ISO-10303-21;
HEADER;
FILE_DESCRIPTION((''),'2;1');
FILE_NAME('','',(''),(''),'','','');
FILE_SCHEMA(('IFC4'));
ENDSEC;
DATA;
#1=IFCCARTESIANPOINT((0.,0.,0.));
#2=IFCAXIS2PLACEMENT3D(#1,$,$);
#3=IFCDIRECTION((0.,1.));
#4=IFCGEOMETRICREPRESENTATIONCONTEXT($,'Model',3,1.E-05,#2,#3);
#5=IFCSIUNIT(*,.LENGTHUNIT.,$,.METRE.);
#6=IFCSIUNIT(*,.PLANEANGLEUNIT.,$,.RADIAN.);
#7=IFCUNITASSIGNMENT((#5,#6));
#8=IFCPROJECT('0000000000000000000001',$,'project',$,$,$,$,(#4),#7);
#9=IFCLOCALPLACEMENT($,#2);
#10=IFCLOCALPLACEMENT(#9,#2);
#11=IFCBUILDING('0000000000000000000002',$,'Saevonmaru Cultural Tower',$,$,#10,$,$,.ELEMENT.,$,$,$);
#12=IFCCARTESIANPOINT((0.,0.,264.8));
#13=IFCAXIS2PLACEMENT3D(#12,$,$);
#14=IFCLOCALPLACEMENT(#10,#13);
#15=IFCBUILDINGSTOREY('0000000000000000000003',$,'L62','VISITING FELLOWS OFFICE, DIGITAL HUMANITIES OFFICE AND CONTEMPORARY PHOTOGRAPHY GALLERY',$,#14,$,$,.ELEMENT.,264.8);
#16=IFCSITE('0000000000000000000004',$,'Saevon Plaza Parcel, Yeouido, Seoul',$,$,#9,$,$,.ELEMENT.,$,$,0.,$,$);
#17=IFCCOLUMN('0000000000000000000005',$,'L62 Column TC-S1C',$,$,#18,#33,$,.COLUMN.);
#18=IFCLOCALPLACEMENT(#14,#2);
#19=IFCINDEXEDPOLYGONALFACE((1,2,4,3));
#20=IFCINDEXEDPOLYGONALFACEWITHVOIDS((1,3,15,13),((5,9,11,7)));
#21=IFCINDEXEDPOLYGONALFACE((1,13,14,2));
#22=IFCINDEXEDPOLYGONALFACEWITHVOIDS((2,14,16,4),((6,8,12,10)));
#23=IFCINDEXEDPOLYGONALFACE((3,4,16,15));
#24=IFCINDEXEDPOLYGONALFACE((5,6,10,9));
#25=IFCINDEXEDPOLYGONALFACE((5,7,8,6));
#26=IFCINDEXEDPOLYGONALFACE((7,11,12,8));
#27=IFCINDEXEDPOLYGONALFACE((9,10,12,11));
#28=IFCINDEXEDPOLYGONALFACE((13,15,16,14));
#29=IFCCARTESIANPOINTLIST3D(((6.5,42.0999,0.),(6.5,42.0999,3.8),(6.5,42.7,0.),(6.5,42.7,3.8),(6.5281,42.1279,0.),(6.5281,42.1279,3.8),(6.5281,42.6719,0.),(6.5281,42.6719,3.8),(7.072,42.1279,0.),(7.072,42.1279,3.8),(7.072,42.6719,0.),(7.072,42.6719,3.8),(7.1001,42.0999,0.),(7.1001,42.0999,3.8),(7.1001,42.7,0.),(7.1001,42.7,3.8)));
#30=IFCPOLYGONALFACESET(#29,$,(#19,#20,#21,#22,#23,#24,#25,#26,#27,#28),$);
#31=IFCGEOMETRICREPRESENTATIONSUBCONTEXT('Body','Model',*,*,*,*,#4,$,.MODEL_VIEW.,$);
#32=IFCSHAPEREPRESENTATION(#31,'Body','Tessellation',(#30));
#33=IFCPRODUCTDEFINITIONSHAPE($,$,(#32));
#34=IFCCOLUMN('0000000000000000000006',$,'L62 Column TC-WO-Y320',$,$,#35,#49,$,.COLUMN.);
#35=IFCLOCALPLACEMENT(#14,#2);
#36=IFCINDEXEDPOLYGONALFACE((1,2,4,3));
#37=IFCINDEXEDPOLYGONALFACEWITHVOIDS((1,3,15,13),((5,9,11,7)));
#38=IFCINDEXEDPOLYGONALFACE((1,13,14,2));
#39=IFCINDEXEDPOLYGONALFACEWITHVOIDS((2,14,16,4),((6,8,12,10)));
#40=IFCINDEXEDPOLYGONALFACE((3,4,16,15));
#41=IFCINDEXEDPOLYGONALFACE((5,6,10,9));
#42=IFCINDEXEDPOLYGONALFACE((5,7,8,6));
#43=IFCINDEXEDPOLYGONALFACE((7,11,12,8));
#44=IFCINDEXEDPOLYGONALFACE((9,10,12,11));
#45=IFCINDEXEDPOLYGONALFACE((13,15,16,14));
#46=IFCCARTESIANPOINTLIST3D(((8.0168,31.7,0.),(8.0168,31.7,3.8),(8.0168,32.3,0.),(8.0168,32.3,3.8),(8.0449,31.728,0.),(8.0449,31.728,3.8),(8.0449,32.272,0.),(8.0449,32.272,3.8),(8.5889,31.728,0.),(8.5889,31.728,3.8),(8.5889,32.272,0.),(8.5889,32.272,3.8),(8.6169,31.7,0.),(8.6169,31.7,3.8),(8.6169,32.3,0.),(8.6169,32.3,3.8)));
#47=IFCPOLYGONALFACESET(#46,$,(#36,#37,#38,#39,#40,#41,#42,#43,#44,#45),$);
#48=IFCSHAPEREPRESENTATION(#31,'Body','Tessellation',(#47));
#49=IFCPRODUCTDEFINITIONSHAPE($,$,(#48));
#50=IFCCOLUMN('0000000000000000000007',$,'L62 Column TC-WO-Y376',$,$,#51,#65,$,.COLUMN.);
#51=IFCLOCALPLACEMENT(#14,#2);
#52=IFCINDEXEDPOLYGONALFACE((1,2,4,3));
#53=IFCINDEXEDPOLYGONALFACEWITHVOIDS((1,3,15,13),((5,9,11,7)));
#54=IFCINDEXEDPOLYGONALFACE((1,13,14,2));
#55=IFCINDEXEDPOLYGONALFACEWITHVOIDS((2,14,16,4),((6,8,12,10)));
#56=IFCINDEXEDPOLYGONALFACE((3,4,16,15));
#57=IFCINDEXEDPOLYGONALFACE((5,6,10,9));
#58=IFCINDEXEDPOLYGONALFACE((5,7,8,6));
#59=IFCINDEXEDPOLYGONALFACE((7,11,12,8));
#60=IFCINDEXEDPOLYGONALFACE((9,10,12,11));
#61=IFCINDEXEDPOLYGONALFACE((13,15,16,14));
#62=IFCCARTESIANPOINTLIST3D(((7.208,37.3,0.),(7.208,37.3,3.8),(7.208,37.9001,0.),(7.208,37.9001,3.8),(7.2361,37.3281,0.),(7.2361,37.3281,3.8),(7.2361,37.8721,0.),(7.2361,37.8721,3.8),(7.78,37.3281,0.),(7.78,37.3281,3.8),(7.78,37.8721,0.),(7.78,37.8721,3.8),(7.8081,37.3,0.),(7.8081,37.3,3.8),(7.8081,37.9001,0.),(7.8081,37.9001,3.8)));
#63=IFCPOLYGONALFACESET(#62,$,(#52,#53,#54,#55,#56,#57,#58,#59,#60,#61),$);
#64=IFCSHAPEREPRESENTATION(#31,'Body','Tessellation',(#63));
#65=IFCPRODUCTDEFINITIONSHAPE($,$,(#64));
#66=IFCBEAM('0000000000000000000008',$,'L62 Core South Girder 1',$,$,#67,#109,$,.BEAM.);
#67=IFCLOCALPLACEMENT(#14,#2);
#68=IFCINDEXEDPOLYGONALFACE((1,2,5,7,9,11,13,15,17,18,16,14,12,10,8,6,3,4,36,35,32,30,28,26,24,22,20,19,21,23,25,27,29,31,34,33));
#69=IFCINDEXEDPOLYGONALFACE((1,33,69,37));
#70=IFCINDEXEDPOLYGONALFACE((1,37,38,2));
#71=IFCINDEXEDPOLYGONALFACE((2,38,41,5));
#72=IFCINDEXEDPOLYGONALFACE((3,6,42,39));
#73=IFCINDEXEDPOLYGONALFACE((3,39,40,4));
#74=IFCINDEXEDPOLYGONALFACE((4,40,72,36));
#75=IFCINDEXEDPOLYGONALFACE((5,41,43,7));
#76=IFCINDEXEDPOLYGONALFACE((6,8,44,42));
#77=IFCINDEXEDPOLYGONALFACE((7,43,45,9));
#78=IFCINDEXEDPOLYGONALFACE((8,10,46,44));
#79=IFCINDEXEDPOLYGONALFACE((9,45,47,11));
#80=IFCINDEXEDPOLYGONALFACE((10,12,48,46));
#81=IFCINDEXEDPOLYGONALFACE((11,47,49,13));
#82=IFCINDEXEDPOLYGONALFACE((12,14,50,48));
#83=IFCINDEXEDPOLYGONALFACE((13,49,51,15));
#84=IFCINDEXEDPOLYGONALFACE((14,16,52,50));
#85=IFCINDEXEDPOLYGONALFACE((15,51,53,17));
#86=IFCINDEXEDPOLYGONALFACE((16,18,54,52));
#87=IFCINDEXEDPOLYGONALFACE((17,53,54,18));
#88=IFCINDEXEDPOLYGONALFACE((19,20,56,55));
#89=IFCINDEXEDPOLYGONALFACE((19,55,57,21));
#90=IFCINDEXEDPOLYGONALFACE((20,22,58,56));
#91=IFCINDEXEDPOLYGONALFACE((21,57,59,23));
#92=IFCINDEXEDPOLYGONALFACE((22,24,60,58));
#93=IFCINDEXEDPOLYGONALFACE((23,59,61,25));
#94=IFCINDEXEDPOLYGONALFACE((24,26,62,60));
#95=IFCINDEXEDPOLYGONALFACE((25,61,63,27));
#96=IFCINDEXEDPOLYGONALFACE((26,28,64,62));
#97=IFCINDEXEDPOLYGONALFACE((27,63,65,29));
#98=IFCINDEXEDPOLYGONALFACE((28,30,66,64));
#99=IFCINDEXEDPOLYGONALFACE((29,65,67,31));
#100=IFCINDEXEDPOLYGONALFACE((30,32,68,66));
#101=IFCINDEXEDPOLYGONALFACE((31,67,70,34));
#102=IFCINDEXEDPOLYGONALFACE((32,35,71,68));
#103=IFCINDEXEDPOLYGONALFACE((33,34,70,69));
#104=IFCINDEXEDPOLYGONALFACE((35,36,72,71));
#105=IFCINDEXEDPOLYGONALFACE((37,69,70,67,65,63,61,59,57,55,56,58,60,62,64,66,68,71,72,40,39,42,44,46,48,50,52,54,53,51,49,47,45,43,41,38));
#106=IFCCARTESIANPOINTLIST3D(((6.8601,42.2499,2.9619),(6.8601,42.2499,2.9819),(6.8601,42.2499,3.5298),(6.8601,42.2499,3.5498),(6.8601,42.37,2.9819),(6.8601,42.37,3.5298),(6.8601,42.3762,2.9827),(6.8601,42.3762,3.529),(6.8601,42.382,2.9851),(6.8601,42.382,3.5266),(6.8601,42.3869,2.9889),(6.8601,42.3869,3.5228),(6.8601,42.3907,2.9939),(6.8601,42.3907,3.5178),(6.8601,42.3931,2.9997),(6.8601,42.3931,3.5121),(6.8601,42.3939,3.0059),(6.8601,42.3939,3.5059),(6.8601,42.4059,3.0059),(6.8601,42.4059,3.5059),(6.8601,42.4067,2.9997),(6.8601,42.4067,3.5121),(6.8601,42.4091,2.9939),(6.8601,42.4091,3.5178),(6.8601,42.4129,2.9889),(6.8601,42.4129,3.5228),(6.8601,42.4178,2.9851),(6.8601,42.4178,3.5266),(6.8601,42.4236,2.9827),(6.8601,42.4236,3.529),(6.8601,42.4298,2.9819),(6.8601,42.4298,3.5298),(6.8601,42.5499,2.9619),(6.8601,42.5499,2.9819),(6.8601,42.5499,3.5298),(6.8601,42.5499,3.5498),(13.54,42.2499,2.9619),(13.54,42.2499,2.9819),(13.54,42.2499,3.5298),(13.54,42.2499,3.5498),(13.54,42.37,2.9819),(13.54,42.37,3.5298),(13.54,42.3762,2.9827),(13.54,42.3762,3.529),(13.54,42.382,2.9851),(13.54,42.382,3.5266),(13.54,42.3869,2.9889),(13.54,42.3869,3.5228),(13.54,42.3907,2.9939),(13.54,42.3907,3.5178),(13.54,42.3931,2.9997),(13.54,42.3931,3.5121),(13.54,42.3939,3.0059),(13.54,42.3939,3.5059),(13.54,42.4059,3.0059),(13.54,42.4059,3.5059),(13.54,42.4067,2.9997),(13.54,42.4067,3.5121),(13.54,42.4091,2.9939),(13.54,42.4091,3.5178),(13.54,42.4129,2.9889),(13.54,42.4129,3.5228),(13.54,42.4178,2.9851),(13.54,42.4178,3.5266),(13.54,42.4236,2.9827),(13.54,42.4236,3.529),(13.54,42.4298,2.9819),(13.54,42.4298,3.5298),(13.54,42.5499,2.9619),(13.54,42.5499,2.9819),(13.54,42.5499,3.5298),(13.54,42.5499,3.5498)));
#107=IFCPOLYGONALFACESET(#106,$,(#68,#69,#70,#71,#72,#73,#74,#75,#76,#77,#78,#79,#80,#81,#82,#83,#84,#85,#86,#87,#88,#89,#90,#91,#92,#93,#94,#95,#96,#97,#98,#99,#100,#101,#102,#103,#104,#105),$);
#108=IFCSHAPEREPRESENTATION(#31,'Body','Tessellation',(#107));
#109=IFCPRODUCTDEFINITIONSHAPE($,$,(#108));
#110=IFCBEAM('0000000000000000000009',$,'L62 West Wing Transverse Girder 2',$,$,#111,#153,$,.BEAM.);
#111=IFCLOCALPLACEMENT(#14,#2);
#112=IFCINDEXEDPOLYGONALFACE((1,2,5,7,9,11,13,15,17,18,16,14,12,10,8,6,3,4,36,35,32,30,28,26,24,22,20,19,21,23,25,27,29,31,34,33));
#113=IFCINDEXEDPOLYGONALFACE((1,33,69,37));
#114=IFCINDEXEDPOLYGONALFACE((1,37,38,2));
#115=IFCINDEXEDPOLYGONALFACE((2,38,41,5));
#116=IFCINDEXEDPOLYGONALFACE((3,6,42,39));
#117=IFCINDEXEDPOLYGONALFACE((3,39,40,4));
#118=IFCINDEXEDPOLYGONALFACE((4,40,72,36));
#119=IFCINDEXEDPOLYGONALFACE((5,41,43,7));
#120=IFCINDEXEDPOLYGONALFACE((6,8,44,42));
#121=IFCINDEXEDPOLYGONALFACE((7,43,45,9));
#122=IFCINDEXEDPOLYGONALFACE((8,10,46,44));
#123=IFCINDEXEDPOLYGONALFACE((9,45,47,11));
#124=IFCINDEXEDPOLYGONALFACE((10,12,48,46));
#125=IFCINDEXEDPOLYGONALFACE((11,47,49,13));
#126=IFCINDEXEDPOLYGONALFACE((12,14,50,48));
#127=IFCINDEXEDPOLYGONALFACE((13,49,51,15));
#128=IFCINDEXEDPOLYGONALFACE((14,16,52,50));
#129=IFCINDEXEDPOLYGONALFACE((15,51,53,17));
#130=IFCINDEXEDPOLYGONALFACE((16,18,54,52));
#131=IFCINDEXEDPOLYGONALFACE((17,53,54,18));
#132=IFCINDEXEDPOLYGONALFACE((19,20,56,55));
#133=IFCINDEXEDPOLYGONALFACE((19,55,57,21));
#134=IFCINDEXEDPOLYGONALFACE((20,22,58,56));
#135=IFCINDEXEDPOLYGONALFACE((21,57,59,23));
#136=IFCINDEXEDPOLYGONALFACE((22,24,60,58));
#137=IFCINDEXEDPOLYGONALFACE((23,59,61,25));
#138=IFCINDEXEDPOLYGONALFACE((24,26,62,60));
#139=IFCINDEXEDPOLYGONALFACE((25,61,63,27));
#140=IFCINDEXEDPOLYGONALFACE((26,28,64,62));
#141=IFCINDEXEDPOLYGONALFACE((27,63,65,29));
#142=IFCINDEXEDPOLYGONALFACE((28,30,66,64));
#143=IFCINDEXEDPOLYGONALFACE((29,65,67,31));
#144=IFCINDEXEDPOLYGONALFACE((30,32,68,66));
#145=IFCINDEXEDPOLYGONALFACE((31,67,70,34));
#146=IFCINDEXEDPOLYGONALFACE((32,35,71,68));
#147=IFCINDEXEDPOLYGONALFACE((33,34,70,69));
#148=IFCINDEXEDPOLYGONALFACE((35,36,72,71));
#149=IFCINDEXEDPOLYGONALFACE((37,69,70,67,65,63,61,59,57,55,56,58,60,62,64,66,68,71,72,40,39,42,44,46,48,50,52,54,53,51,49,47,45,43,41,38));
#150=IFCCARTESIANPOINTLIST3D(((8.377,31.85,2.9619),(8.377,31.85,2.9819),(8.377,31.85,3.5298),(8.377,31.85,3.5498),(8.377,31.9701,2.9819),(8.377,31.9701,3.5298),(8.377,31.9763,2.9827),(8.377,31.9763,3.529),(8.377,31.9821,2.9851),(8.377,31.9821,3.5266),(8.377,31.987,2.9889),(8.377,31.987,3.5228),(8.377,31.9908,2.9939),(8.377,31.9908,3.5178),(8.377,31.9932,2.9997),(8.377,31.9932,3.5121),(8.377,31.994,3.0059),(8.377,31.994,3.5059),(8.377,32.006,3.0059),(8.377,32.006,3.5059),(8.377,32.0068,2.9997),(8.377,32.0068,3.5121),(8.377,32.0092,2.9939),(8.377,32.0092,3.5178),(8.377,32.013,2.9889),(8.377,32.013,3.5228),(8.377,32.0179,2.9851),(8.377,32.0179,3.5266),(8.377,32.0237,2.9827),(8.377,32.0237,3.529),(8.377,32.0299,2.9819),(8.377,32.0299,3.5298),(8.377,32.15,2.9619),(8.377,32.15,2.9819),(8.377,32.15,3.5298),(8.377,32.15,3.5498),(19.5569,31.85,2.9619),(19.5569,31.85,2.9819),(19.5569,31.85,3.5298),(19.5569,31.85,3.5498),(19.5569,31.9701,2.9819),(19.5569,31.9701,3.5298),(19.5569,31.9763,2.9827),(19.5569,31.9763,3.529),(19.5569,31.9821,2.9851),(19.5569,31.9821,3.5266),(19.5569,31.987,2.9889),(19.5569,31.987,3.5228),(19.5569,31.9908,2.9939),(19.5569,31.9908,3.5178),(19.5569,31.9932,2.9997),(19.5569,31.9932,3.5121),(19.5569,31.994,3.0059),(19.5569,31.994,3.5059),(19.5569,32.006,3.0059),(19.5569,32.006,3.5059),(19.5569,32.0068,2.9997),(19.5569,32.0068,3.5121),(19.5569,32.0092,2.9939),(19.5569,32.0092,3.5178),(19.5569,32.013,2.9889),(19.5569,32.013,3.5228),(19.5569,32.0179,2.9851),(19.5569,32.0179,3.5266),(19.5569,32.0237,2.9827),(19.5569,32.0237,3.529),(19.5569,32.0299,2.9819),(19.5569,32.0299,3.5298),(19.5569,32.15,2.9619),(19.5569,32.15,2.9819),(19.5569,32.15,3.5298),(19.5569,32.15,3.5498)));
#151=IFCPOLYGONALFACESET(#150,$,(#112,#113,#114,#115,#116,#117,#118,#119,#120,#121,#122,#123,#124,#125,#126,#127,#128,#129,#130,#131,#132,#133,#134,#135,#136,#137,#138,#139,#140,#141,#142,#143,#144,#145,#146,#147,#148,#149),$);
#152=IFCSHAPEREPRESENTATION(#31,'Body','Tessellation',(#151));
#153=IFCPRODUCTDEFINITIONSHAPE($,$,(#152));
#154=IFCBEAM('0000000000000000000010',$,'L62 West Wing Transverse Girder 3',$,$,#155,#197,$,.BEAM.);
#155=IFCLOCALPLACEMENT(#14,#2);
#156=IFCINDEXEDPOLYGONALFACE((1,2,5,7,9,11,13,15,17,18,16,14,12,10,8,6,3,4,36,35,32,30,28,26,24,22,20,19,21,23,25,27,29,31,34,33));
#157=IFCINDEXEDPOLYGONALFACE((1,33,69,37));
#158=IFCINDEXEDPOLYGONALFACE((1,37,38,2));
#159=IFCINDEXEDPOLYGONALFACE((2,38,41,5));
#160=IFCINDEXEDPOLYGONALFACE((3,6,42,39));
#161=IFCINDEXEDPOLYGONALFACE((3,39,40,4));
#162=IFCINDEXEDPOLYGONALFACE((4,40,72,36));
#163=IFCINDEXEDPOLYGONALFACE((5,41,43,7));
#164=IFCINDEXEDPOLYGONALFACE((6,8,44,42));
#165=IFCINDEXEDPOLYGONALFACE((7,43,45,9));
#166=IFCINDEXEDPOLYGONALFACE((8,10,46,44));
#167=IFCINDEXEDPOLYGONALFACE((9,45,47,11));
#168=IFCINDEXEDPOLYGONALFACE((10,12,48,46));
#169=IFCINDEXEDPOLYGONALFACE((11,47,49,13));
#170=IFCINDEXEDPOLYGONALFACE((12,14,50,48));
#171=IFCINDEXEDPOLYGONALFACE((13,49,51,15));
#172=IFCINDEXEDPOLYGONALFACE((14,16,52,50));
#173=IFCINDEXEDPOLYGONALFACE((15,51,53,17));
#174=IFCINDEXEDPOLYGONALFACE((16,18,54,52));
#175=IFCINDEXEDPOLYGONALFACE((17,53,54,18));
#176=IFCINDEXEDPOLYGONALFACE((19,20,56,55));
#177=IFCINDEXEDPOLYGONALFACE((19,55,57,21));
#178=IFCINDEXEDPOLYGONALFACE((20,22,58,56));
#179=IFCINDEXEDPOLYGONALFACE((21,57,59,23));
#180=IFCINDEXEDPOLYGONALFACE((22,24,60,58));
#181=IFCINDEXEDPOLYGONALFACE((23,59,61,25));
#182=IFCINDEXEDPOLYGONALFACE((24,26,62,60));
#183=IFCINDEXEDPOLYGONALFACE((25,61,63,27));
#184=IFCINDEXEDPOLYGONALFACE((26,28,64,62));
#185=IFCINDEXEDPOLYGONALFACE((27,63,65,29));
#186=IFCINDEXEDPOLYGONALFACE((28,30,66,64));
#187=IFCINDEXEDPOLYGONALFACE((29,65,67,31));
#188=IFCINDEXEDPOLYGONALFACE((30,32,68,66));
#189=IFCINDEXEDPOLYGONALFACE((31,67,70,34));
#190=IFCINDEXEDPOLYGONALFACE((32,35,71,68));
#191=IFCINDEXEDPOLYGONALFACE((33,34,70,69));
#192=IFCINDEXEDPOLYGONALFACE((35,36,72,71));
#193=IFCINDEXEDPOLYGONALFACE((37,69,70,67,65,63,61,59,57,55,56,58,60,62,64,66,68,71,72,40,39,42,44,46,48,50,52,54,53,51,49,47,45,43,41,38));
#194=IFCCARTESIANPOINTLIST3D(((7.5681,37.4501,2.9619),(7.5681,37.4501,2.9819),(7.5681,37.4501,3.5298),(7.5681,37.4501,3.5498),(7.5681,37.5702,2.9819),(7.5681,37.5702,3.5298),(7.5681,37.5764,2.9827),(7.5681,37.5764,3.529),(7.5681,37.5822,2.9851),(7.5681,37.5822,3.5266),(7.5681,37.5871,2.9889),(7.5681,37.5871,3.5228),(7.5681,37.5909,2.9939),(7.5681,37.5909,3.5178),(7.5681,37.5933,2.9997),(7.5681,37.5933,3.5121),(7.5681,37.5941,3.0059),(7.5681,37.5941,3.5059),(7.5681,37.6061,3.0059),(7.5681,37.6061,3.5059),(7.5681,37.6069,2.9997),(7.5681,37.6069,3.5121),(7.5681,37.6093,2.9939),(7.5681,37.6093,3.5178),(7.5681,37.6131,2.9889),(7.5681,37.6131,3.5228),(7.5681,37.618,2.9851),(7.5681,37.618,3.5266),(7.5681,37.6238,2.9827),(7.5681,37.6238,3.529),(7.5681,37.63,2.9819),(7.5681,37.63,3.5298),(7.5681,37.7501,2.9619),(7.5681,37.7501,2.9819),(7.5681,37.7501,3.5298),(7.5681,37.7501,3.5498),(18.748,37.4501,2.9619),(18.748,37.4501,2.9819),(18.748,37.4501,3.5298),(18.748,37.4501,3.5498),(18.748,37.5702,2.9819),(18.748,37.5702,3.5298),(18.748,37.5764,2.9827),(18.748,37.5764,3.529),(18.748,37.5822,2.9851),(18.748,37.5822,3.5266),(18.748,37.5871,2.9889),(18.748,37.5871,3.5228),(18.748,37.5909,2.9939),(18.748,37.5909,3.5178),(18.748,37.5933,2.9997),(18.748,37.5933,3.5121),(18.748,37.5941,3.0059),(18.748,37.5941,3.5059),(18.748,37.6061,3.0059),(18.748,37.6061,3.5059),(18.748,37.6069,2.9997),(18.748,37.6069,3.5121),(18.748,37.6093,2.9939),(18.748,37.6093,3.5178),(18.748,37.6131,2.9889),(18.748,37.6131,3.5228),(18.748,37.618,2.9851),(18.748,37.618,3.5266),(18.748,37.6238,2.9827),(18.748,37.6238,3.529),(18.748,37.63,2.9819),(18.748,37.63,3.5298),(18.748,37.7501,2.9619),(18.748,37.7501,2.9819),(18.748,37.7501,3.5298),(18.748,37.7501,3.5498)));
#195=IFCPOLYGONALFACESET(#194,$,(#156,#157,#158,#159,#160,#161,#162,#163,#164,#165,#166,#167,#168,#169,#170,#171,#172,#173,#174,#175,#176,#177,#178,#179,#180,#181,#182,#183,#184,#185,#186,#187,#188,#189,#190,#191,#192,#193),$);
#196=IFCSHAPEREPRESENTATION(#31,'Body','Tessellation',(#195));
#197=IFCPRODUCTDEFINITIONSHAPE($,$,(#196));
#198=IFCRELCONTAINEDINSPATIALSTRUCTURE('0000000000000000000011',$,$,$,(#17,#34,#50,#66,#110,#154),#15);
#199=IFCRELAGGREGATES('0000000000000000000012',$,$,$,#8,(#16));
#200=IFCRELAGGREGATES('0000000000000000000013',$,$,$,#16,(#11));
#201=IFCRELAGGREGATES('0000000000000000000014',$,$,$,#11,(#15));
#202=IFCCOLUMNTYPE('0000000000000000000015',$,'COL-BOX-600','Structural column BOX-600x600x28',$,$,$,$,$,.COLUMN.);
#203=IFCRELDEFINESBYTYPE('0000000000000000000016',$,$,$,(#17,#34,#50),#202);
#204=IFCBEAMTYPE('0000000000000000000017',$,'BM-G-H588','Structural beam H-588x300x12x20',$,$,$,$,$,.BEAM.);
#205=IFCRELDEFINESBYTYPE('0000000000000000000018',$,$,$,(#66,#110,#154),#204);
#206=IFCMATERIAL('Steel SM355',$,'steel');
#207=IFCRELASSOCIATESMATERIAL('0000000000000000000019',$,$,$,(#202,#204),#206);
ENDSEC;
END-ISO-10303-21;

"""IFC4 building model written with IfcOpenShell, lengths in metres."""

from ifc_helpers import new_model, si_unit, direction, frame, origin, origin_2d, place, context, subcontext, project, spatial, hollow_rectangle, i_section, extrude, material, material_profile, profile_set, type_object, element, save


model = new_model("IFC4")

# Units and contexts
model_context = context("Model", 3, precision=1e-05, world=origin(), true_north=direction((0.0, 1.0)))
body_context = subcontext(model_context, "Body", "Model", "MODEL_VIEW")
ifc_project = project(units=[si_unit("LENGTHUNIT", "METRE"), si_unit("PLANEANGLEUNIT", "RADIAN")], contexts=[model_context])

# Site, building, storey
site_placement = place(None, origin())
site = spatial("IfcSite", under=ifc_project, at=site_placement, Name="Saevon Plaza Parcel, Yeouido, Seoul", CompositionType="ELEMENT", RefElevation=0.0)
building_placement = place(site_placement, origin())
building = spatial("IfcBuilding", under=site, at=building_placement, Name="Saevonmaru Cultural Tower", CompositionType="ELEMENT")
storey_placement = place(building_placement, frame((0.0, 0.0, 264.8)))
storey = spatial("IfcBuildingStorey", under=building, at=storey_placement, Name="L62", Description="VISITING FELLOWS OFFICE, DIGITAL HUMANITIES OFFICE AND CONTEMPORARY PHOTOGRAPHY GALLERY", CompositionType="ELEMENT", Elevation=264.8)

# Columns
ifc_material_1 = material(Name="Steel SM355", Category="steel")
ifc_material_profile_1 = material_profile(ifc_material_1, hollow_rectangle(XDim=0.6001, YDim=0.6001, WallThickness=0.0281, at=origin_2d()), Name="BOX-600x600x28")
ifc_profile_set_1 = profile_set([ifc_material_profile_1], Name="Steel SM355")
column_type = type_object("IfcColumnType", Name="COL-BOX-600", Description="Structural column BOX-600x600x28", PredefinedType="COLUMN", material=ifc_profile_set_1)
for number, where, z_axis, x_axis, name in (
    (1, (6.8, 42.3999, 0.0), (0.0, 0.0, 1.0), (1.0, 0.0, 0.0), "L62 Column TC-S1C"),
    (2, (8.3169, 32.0, 0.0), (0.0, 0.0, 1.0), (1.0, 0.0, 0.0), "L62 Column TC-WO-Y320"),
    (3, (7.5081, 37.6001, 0.0), (0.0, 0.0, 1.0), (1.0, 0.0, 0.0), "L62 Column TC-WO-Y376"),
):
    element("IfcColumn", number, at=place(storey_placement, frame(where, z_axis=z_axis, x_axis=x_axis)), inside=storey, type_object=column_type, Name=name, PredefinedType="COLUMN", context=body_context, shape_type="SweptSolid", body=[
        extrude(hollow_rectangle(XDim=0.6001, YDim=0.6001, WallThickness=0.0281, at=origin_2d()), origin(), (0.0, 0.0, 1.0), 3.8),
    ])

# Beams
ifc_material_profile_2 = material_profile(ifc_material_1, i_section(OverallWidth=0.3, OverallDepth=0.5879, WebThickness=0.012, FlangeThickness=0.02, FilletRadius=0.0239, at=origin_2d()), Name="H-588x300x12x20")
ifc_profile_set_2 = profile_set([ifc_material_profile_2], Name="Steel SM355")
beam_type_1 = type_object("IfcBeamType", Name="BM-G-H588", Description="Structural beam H-588x300x12x20", PredefinedType="BEAM", material=ifc_profile_set_2)
beam_1_placement = place(storey_placement, frame((6.8601, 42.3999, 3.2559), z_axis=(1.0, 0.0, 0.0), x_axis=(0.0, 1.0, 0.0)))
element("IfcBeam", 4, at=beam_1_placement, inside=storey, type_object=beam_type_1, Name="L62 Core South Girder 1", PredefinedType="BEAM", context=body_context, shape_type="SweptSolid", body=[
    extrude(i_section(OverallWidth=0.3, OverallDepth=0.5879, WebThickness=0.012, FlangeThickness=0.02, FilletRadius=0.0239, at=origin_2d()), origin(), (0.0, 0.0, 1.0), 6.6799),
])
for number, where, z_axis, x_axis, name in (
    (5, (8.377, 32.0, 3.2559), (1.0, 0.0, 0.0), (0.0, 1.0, 0.0), "L62 West Wing Transverse Girder 2"),
    (6, (7.5681, 37.6001, 3.2559), (1.0, 0.0, 0.0), (0.0, 1.0, 0.0), "L62 West Wing Transverse Girder 3"),
):
    element("IfcBeam", number, at=place(storey_placement, frame(where, z_axis=z_axis, x_axis=x_axis)), inside=storey, type_object=beam_type_1, Name=name, PredefinedType="BEAM", context=body_context, shape_type="SweptSolid", body=[
        extrude(i_section(OverallWidth=0.3, OverallDepth=0.5879, WebThickness=0.012, FlangeThickness=0.02, FilletRadius=0.0239, at=origin_2d()), origin(), (0.0, 0.0, 1.0), 11.1799),
    ])

save(model, "model.ifc")
